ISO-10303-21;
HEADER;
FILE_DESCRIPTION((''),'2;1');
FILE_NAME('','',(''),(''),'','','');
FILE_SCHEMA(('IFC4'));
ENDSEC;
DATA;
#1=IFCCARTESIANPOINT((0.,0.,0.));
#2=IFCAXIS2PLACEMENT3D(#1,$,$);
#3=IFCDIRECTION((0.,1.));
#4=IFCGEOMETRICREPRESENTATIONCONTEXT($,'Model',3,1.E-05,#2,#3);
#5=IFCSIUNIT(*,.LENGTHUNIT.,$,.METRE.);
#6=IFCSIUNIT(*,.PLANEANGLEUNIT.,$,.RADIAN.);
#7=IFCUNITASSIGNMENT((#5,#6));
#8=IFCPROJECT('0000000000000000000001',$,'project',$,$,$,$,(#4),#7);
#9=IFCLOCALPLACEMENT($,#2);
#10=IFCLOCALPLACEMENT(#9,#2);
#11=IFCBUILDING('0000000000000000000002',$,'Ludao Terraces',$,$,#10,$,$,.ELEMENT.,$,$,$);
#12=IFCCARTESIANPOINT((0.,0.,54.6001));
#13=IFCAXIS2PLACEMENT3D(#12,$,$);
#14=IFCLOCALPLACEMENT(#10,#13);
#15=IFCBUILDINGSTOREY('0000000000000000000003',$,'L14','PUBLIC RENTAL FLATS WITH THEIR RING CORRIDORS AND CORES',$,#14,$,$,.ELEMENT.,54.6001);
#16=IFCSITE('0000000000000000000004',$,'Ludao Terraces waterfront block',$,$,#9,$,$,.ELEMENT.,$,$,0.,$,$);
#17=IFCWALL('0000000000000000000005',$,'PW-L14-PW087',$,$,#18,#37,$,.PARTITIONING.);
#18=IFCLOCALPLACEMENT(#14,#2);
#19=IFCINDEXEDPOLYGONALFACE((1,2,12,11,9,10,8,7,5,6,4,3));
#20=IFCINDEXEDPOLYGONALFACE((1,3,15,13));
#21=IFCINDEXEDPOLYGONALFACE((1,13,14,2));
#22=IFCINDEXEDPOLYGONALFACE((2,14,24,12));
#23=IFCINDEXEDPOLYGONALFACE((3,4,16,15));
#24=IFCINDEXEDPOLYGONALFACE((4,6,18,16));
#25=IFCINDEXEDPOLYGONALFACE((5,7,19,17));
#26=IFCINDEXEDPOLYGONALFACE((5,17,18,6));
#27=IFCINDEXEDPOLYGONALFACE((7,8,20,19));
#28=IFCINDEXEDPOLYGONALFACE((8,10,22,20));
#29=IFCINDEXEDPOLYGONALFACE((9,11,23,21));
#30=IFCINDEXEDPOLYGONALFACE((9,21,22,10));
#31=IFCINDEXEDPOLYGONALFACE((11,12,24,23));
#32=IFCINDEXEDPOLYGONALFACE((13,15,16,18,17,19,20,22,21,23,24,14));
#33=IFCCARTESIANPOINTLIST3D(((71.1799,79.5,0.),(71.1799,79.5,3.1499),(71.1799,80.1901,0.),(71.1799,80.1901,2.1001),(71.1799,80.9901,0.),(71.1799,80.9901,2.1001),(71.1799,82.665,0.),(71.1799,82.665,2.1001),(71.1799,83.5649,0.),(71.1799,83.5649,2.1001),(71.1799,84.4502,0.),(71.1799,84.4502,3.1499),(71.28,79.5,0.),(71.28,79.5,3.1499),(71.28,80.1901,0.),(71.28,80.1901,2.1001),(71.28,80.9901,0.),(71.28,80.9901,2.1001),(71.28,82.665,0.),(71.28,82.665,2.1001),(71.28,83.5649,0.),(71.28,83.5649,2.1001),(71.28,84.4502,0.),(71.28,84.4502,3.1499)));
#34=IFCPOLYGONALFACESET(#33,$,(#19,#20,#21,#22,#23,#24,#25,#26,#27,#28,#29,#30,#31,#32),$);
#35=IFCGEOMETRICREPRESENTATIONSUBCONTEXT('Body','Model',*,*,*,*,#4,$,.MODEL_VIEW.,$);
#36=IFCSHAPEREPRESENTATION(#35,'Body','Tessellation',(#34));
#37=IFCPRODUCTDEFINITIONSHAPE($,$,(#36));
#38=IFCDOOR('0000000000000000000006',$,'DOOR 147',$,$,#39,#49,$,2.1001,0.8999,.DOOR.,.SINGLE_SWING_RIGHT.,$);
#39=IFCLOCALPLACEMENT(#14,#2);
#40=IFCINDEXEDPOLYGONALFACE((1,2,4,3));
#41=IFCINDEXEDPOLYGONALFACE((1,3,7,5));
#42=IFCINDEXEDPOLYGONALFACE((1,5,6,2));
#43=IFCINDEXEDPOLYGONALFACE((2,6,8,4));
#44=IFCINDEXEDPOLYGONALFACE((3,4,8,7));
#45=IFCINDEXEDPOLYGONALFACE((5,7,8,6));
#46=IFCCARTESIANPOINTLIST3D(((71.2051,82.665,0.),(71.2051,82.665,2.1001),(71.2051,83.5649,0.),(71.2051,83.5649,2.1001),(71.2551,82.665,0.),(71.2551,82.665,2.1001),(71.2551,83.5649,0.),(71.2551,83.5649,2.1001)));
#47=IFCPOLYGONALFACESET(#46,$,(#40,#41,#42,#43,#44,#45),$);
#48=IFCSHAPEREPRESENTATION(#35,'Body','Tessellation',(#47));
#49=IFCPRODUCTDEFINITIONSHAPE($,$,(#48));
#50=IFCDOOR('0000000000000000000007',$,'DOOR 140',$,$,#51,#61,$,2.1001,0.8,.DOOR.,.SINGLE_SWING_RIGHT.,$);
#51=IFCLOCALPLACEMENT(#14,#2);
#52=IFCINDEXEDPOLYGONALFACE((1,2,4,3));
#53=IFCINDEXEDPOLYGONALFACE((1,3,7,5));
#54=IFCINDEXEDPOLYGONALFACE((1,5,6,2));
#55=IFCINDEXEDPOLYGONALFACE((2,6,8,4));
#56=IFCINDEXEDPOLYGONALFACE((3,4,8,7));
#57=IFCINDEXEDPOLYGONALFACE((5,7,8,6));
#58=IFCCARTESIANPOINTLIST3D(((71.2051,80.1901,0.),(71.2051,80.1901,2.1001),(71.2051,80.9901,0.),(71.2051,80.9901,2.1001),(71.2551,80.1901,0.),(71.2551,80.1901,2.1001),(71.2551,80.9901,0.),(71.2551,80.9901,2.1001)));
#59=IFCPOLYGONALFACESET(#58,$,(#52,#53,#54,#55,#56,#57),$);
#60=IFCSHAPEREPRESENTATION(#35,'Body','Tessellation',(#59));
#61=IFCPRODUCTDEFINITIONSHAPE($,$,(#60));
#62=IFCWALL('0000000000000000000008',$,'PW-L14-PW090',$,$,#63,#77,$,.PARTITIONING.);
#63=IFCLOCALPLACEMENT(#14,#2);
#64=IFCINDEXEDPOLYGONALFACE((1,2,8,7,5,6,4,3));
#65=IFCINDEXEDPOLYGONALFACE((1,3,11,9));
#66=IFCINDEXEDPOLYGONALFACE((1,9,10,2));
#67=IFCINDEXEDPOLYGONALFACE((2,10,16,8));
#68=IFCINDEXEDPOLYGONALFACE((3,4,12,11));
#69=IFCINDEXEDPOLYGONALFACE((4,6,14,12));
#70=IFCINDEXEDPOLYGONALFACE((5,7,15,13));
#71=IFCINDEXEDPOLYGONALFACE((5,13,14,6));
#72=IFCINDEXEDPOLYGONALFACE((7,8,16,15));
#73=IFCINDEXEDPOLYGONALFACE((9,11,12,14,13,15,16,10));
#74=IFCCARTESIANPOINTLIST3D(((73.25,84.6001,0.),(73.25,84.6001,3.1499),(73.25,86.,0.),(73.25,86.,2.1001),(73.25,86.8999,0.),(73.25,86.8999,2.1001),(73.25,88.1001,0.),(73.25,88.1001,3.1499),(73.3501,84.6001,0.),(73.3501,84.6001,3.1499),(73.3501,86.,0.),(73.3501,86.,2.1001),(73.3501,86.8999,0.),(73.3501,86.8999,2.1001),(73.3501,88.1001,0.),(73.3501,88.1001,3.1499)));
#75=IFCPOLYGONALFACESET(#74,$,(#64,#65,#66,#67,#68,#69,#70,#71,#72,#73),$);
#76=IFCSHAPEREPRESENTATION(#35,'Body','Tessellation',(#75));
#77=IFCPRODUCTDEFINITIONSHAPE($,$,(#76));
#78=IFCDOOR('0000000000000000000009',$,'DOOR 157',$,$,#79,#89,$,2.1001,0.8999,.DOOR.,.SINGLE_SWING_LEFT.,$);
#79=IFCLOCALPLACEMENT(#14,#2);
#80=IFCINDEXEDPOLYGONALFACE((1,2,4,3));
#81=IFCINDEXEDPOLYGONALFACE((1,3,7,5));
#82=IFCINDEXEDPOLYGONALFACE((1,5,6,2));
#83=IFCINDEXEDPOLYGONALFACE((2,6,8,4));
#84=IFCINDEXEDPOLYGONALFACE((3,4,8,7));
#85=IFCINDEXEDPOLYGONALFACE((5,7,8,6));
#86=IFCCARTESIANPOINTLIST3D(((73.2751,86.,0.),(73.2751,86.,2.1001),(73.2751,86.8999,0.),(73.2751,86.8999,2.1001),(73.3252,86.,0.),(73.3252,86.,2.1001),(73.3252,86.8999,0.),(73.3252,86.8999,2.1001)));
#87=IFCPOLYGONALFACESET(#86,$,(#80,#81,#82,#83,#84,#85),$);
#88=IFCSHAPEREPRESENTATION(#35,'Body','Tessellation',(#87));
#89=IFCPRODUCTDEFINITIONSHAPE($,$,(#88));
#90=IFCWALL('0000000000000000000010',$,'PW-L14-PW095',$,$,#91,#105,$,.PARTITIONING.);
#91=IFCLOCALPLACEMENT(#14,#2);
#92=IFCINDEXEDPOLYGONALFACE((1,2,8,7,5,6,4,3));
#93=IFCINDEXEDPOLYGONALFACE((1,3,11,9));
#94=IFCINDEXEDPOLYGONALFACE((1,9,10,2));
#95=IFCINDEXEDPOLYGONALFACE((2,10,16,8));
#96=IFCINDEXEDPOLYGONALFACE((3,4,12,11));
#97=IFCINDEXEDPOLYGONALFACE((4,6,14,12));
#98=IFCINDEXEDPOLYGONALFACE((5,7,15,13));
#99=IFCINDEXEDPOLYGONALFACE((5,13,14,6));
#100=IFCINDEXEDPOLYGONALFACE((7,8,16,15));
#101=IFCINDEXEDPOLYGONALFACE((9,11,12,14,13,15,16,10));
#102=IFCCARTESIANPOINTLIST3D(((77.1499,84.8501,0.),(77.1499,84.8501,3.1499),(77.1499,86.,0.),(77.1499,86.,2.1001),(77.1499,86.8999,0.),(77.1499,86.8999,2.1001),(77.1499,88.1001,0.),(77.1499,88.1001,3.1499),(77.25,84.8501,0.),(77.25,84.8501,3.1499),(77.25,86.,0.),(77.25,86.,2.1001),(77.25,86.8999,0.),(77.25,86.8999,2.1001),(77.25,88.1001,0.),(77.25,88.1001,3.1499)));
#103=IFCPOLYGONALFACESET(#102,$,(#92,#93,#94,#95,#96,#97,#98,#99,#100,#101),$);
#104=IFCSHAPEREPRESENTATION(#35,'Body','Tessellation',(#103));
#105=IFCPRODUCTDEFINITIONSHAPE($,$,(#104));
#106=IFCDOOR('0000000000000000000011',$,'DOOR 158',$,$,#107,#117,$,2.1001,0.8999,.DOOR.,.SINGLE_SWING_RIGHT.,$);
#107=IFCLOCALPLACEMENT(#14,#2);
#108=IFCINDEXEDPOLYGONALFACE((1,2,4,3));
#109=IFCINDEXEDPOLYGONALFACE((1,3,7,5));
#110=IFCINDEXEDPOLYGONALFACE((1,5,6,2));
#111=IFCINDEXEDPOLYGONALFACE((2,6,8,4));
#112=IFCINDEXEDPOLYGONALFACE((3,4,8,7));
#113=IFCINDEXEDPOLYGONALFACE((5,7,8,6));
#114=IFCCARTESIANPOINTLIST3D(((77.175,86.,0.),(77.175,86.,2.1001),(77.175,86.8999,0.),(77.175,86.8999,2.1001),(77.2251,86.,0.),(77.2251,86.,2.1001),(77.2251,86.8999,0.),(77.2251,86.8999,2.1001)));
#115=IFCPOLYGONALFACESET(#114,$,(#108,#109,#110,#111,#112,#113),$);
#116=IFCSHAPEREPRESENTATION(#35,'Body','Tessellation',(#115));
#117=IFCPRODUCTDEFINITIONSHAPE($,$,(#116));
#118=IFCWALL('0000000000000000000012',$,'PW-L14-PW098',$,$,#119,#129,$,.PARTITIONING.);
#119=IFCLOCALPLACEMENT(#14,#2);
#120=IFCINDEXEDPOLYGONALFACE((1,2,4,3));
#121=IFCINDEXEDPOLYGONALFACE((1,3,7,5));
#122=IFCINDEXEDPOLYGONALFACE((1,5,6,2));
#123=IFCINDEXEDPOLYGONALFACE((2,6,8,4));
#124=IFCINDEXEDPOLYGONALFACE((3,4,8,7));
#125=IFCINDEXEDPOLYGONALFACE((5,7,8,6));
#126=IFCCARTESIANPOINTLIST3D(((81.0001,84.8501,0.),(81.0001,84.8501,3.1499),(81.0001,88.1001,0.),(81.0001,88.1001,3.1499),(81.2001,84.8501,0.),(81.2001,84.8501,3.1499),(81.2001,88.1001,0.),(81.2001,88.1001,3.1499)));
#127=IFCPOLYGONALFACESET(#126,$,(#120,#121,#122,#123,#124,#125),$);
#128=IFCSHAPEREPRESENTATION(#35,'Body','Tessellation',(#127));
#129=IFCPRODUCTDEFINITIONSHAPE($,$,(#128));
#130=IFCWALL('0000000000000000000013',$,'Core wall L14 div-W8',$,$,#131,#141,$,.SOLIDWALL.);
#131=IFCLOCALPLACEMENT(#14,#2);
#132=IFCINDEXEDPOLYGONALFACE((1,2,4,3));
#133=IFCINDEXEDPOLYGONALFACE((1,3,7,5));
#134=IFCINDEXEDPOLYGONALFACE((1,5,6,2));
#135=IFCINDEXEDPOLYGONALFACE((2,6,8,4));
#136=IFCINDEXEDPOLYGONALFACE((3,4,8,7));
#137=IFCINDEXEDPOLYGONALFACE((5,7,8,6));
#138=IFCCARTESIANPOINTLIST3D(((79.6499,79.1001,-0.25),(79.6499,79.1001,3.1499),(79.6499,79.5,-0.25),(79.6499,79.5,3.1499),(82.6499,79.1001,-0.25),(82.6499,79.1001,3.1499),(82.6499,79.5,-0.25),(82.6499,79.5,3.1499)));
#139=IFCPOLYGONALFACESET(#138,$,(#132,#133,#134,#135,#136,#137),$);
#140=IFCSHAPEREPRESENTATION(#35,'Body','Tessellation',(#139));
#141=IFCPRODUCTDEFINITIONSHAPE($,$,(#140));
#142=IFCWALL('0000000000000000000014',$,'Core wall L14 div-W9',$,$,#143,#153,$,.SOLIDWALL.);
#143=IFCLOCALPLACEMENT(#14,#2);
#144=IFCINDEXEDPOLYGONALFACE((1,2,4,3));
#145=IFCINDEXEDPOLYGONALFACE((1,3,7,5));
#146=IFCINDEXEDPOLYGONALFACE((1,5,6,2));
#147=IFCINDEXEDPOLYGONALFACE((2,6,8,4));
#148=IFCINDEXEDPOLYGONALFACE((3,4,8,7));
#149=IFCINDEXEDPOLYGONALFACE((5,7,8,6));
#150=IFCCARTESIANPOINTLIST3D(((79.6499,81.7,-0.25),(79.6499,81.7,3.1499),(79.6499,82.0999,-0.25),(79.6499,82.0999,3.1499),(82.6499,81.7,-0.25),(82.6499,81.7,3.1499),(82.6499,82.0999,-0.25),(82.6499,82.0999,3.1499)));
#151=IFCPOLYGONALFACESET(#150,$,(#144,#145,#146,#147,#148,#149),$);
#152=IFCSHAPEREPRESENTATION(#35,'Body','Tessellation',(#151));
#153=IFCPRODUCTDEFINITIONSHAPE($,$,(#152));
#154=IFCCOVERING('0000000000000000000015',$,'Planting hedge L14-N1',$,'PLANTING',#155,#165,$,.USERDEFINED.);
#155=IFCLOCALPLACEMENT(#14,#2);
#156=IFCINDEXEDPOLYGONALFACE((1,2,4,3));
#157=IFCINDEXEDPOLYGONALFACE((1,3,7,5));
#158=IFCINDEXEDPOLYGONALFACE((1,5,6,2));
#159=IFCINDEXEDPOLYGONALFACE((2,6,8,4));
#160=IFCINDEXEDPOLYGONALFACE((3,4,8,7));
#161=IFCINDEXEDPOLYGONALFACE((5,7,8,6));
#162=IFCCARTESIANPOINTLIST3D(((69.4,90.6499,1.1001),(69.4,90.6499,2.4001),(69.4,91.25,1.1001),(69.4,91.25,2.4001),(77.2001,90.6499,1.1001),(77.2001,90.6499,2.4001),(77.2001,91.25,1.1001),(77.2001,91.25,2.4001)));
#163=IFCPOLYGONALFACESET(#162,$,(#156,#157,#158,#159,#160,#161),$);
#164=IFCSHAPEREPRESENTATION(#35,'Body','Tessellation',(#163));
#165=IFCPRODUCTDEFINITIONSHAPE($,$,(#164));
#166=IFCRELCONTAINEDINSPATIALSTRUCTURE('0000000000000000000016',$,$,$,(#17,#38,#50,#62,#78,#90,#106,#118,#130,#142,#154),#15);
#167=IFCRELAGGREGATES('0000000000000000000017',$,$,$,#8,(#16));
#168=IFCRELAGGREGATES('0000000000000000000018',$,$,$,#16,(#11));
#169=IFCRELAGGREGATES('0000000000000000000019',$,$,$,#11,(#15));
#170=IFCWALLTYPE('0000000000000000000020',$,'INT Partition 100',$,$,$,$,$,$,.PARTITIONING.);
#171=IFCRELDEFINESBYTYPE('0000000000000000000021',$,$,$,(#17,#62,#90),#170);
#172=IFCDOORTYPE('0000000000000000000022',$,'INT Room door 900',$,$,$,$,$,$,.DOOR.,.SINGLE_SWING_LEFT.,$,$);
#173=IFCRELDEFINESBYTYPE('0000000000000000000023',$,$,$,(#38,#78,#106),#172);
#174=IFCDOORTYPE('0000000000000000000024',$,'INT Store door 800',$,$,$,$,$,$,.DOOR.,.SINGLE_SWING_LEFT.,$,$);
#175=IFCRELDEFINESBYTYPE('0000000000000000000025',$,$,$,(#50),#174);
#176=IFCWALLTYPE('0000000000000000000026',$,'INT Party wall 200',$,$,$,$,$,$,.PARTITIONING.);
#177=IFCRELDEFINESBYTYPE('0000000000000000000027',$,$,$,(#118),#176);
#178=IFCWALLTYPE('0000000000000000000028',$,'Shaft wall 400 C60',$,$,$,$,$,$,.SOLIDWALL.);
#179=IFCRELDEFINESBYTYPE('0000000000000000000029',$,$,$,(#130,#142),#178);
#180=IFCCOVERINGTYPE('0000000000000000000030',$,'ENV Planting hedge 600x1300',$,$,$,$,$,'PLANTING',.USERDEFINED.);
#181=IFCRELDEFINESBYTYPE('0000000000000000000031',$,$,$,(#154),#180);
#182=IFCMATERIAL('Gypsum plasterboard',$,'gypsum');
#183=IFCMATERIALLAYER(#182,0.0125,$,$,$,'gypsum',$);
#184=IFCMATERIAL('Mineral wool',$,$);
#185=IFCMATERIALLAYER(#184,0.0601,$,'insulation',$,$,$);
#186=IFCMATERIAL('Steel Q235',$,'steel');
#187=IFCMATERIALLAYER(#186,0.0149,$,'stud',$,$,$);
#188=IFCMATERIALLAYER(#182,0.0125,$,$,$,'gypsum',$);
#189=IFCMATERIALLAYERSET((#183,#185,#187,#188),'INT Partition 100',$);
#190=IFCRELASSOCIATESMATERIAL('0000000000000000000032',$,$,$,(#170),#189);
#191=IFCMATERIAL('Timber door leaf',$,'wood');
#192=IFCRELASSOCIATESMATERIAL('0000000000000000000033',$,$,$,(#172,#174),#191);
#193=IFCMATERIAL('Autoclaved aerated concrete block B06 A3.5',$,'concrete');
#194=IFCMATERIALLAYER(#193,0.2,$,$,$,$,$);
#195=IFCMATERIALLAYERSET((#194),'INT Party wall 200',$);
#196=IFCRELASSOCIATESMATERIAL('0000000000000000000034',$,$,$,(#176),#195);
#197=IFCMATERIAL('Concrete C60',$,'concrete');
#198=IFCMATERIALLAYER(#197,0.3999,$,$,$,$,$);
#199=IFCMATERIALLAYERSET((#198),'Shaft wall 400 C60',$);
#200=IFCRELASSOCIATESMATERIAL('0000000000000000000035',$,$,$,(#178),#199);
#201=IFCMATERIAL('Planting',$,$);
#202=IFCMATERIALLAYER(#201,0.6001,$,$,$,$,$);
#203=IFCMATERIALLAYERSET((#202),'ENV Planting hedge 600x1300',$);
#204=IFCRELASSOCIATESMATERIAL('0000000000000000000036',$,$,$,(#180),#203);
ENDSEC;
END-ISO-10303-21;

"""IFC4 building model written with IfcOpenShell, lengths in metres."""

from ifc_helpers import new_model, si_unit, direction, frame, frame_2d, origin, origin_2d, place, context, subcontext, project, spatial, rectangle, extrude, material, layer, layer_set, type_object, element, fill, save


model = new_model("IFC4")

# Units and contexts
model_context = context("Model", 3, precision=1e-05, world=origin(), true_north=direction((0.0, 1.0)))
body_context = subcontext(model_context, "Body", "Model", "MODEL_VIEW")
ifc_project = project(units=[si_unit("LENGTHUNIT", "METRE"), si_unit("PLANEANGLEUNIT", "RADIAN")], contexts=[model_context])

# Site, building, storey
site_placement = place(None, origin())
site = spatial("IfcSite", under=ifc_project, at=site_placement, Name="Ludao Terraces waterfront block", CompositionType="ELEMENT", RefElevation=0.0)
building_placement = place(site_placement, origin())
building = spatial("IfcBuilding", under=site, at=building_placement, Name="Ludao Terraces", CompositionType="ELEMENT")
storey_placement = place(building_placement, frame((0.0, 0.0, 54.6001)))
storey = spatial("IfcBuildingStorey", under=building, at=storey_placement, Name="L14", Description="PUBLIC RENTAL FLATS WITH THEIR RING CORRIDORS AND CORES", CompositionType="ELEMENT", Elevation=54.6001)

# Shared definitions
ifc_material_1 = material(Name="Concrete C60", Category="concrete")

# Shared definitions
ifc_material_2 = material(Name="Mineral wool")

# Shared definitions
ifc_material_3 = material(Name="Autoclaved aerated concrete block B06 A3.5", Category="concrete")
ifc_material_4 = material(Name="Gypsum plasterboard", Category="gypsum")
ifc_layer_1 = layer(ifc_material_4, 0.0125, Category="gypsum")
ifc_layer_2 = layer(ifc_material_2, 0.0601, Name="insulation")
ifc_material_5 = material(Name="Steel Q235", Category="steel")
ifc_layer_3 = layer(ifc_material_5, 0.0149, Name="stud")
ifc_layer_4 = layer(ifc_material_4, 0.0125, Category="gypsum")
ifc_layer_set_1 = layer_set([ifc_layer_1, ifc_layer_2, ifc_layer_3, ifc_layer_4], Name="INT Partition 100")
wall_type_1 = type_object("IfcWallType", Name="INT Partition 100", PredefinedType="PARTITIONING", material=ifc_layer_set_1)

# Wall, openings, doors
wall_1_placement = place(storey_placement, frame((71.23, 79.5, 0.0), z_axis=(0.0, 0.0, 1.0), x_axis=(0.0, 1.0, 0.0)))
wall_1 = element("IfcWall", 1, at=wall_1_placement, inside=storey, type_object=wall_type_1, Name="PW-L14-PW087", PredefinedType="PARTITIONING", context=body_context, shape_type="SweptSolid", body=[
    extrude(rectangle(XDim=4.9502, YDim=0.1001, at=frame_2d((2.4751, 0.0))), origin(), (0.0, 0.0, 1.0), 3.1499),
])
opening_1_placement = place(wall_1_placement, frame((0.6902, 0.0, 0.0)))
opening_1 = element("IfcOpeningElement", 2, at=opening_1_placement, cuts=wall_1, PredefinedType="OPENING", context=body_context, shape_type="SweptSolid", body=[
    extrude(rectangle(XDim=0.8, YDim=2.1001, at=frame_2d((0.3999, 1.05))), frame((0.0, 0.0601, 0.0), z_axis=(0.0, -1.0, 0.0), x_axis=(1.0, 0.0, 0.0)), (0.0, 0.0, 1.0), 0.1201),
])
opening_2_placement = place(wall_1_placement, frame((3.165, 0.0, 0.0)))
opening_2 = element("IfcOpeningElement", 3, at=opening_2_placement, cuts=wall_1, PredefinedType="OPENING", context=body_context, shape_type="SweptSolid", body=[
    extrude(rectangle(XDim=0.8999, YDim=2.1001, at=frame_2d((0.45, 1.05))), frame((0.0, 0.0601, 0.0), z_axis=(0.0, -1.0, 0.0), x_axis=(1.0, 0.0, 0.0)), (0.0, 0.0, 1.0), 0.1201),
])
ifc_material_6 = material(Name="Timber door leaf", Category="wood")
door_type_1 = type_object("IfcDoorType", Name="INT Room door 900", OperationType="SINGLE_SWING_LEFT", PredefinedType="DOOR", material=ifc_material_6)
door_1_placement = place(opening_2_placement, origin())
door_1 = element("IfcDoor", 4, at=door_1_placement, inside=storey, type_object=door_type_1, Name="DOOR 147", OperationType="SINGLE_SWING_RIGHT", OverallHeight=2.1001, OverallWidth=0.8999, PredefinedType="DOOR", context=body_context, shape_type="SweptSolid", body=[
    extrude(rectangle(XDim=0.8999, YDim=2.1001, at=frame_2d((0.45, 1.05))), frame((0.0, 0.0249, 0.0), z_axis=(0.0, -1.0, 0.0), x_axis=(1.0, 0.0, 0.0)), (0.0, 0.0, 1.0), 0.05),
])
fill(opening_2, door_1)
door_type_2 = type_object("IfcDoorType", Name="INT Store door 800", OperationType="SINGLE_SWING_LEFT", PredefinedType="DOOR", material=ifc_material_6)
door_2_placement = place(opening_1_placement, origin())
door_2 = element("IfcDoor", 5, at=door_2_placement, inside=storey, type_object=door_type_2, Name="DOOR 140", OperationType="SINGLE_SWING_RIGHT", OverallHeight=2.1001, OverallWidth=0.8, PredefinedType="DOOR", context=body_context, shape_type="SweptSolid", body=[
    extrude(rectangle(XDim=0.8, YDim=2.1001, at=frame_2d((0.3999, 1.05))), frame((0.0, 0.0249, 0.0), z_axis=(0.0, -1.0, 0.0), x_axis=(1.0, 0.0, 0.0)), (0.0, 0.0, 1.0), 0.05),
])
fill(opening_1, door_2)

# Walls, openings, doors
wall_2_placement = place(storey_placement, frame((73.3, 84.6001, 0.0), z_axis=(0.0, 0.0, 1.0), x_axis=(0.0, 1.0, 0.0)))
wall_2 = element("IfcWall", 6, at=wall_2_placement, inside=storey, type_object=wall_type_1, Name="PW-L14-PW090", PredefinedType="PARTITIONING", context=body_context, shape_type="SweptSolid", body=[
    extrude(rectangle(XDim=3.5, YDim=0.1001, at=frame_2d((1.75, 0.0))), origin(), (0.0, 0.0, 1.0), 3.1499),
])
opening_3_placement = place(wall_2_placement, frame((1.3999, 0.0, 0.0)))
opening_3 = element("IfcOpeningElement", 7, at=opening_3_placement, cuts=wall_2, PredefinedType="OPENING", context=body_context, shape_type="SweptSolid", body=[
    extrude(rectangle(XDim=0.8999, YDim=2.1001, at=frame_2d((0.45, 1.05))), frame((0.0, 0.0601, 0.0), z_axis=(0.0, -1.0, 0.0), x_axis=(1.0, 0.0, 0.0)), (0.0, 0.0, 1.0), 0.1201),
])
door_3_placement = place(opening_3_placement, origin())
door_3 = element("IfcDoor", 8, at=door_3_placement, inside=storey, type_object=door_type_1, Name="DOOR 157", OperationType="SINGLE_SWING_LEFT", OverallHeight=2.1001, OverallWidth=0.8999, PredefinedType="DOOR", context=body_context, shape_type="SweptSolid", body=[
    extrude(rectangle(XDim=0.8999, YDim=2.1001, at=frame_2d((0.45, 1.05))), frame((0.0, 0.0249, 0.0), z_axis=(0.0, -1.0, 0.0), x_axis=(1.0, 0.0, 0.0)), (0.0, 0.0, 1.0), 0.05),
])
fill(opening_3, door_3)
wall_3_placement = place(storey_placement, frame((77.2, 84.8501, 0.0), z_axis=(0.0, 0.0, 1.0), x_axis=(0.0, 1.0, 0.0)))
wall_3 = element("IfcWall", 9, at=wall_3_placement, inside=storey, type_object=wall_type_1, Name="PW-L14-PW095", PredefinedType="PARTITIONING", context=body_context, shape_type="SweptSolid", body=[
    extrude(rectangle(XDim=3.25, YDim=0.1001, at=frame_2d((1.625, 0.0))), origin(), (0.0, 0.0, 1.0), 3.1499),
])
opening_4_placement = place(wall_3_placement, frame((1.1499, 0.0, 0.0)))
opening_4 = element("IfcOpeningElement", 10, at=opening_4_placement, cuts=wall_3, PredefinedType="OPENING", context=body_context, shape_type="SweptSolid", body=[
    extrude(rectangle(XDim=0.8999, YDim=2.1001, at=frame_2d((0.45, 1.05))), frame((0.0, 0.0601, 0.0), z_axis=(0.0, -1.0, 0.0), x_axis=(1.0, 0.0, 0.0)), (0.0, 0.0, 1.0), 0.1201),
])
door_4_placement = place(opening_4_placement, origin())
door_4 = element("IfcDoor", 11, at=door_4_placement, inside=storey, type_object=door_type_1, Name="DOOR 158", OperationType="SINGLE_SWING_RIGHT", OverallHeight=2.1001, OverallWidth=0.8999, PredefinedType="DOOR", context=body_context, shape_type="SweptSolid", body=[
    extrude(rectangle(XDim=0.8999, YDim=2.1001, at=frame_2d((0.45, 1.05))), frame((0.0, 0.0249, 0.0), z_axis=(0.0, -1.0, 0.0), x_axis=(1.0, 0.0, 0.0)), (0.0, 0.0, 1.0), 0.05),
])
fill(opening_4, door_4)

# Walls
ifc_layer_5 = layer(ifc_material_3, 0.2)
ifc_layer_set_2 = layer_set([ifc_layer_5], Name="INT Party wall 200")
wall_type_2 = type_object("IfcWallType", Name="INT Party wall 200", PredefinedType="PARTITIONING", material=ifc_layer_set_2)
wall_4_placement = place(storey_placement, frame((81.1001, 84.8501, 0.0), z_axis=(0.0, 0.0, 1.0), x_axis=(0.0, 1.0, 0.0)))
element("IfcWall", 12, at=wall_4_placement, inside=storey, type_object=wall_type_2, Name="PW-L14-PW098", PredefinedType="PARTITIONING", context=body_context, shape_type="SweptSolid", body=[
    extrude(rectangle(XDim=3.25, YDim=0.2, at=frame_2d((1.625, 0.0))), origin(), (0.0, 0.0, 1.0), 3.1499),
])
ifc_layer_6 = layer(ifc_material_1, 0.3999)
ifc_layer_set_3 = layer_set([ifc_layer_6], Name="Shaft wall 400 C60")
wall_type_3 = type_object("IfcWallType", Name="Shaft wall 400 C60", PredefinedType="SOLIDWALL", material=ifc_layer_set_3)
for number, where, z_axis, x_axis, name in (
    (13, (79.6499, 79.3, -0.25), (0.0, 0.0, 1.0), (1.0, 0.0, 0.0), "Core wall L14 div-W8"),
    (14, (79.6499, 81.8999, -0.25), (0.0, 0.0, 1.0), (1.0, 0.0, 0.0), "Core wall L14 div-W9"),
):
    element("IfcWall", number, at=place(storey_placement, frame(where, z_axis=z_axis, x_axis=x_axis)), inside=storey, type_object=wall_type_3, Name=name, PredefinedType="SOLIDWALL", context=body_context, shape_type="SweptSolid", body=[
        extrude(rectangle(XDim=3.0, YDim=0.3999, at=frame_2d((1.5, 0.0))), origin(), (0.0, 0.0, 1.0), 3.3999),
    ])

# Covering
ifc_material_7 = material(Name="Planting")
ifc_layer_7 = layer(ifc_material_7, 0.6001)
ifc_layer_set_4 = layer_set([ifc_layer_7], Name="ENV Planting hedge 600x1300")
covering_type = type_object("IfcCoveringType", Name="ENV Planting hedge 600x1300", ElementType="PLANTING", PredefinedType="USERDEFINED", material=ifc_layer_set_4)
for number, where, z_axis, x_axis, name in (
    (15, (73.3, 90.95, 1.1001), (0.0, 0.0, 1.0), (1.0, 0.0, 0.0), "Planting hedge L14-N1"),
):
    element("IfcCovering", number, at=place(storey_placement, frame(where, z_axis=z_axis, x_axis=x_axis)), inside=storey, type_object=covering_type, Name=name, ObjectType="PLANTING", PredefinedType="USERDEFINED", context=body_context, shape_type="SweptSolid", body=[
        extrude(rectangle(XDim=7.8, YDim=0.6001, at=origin_2d()), origin(), (0.0, 0.0, 1.0), 1.3),
    ])

save(model, "model.ifc")
